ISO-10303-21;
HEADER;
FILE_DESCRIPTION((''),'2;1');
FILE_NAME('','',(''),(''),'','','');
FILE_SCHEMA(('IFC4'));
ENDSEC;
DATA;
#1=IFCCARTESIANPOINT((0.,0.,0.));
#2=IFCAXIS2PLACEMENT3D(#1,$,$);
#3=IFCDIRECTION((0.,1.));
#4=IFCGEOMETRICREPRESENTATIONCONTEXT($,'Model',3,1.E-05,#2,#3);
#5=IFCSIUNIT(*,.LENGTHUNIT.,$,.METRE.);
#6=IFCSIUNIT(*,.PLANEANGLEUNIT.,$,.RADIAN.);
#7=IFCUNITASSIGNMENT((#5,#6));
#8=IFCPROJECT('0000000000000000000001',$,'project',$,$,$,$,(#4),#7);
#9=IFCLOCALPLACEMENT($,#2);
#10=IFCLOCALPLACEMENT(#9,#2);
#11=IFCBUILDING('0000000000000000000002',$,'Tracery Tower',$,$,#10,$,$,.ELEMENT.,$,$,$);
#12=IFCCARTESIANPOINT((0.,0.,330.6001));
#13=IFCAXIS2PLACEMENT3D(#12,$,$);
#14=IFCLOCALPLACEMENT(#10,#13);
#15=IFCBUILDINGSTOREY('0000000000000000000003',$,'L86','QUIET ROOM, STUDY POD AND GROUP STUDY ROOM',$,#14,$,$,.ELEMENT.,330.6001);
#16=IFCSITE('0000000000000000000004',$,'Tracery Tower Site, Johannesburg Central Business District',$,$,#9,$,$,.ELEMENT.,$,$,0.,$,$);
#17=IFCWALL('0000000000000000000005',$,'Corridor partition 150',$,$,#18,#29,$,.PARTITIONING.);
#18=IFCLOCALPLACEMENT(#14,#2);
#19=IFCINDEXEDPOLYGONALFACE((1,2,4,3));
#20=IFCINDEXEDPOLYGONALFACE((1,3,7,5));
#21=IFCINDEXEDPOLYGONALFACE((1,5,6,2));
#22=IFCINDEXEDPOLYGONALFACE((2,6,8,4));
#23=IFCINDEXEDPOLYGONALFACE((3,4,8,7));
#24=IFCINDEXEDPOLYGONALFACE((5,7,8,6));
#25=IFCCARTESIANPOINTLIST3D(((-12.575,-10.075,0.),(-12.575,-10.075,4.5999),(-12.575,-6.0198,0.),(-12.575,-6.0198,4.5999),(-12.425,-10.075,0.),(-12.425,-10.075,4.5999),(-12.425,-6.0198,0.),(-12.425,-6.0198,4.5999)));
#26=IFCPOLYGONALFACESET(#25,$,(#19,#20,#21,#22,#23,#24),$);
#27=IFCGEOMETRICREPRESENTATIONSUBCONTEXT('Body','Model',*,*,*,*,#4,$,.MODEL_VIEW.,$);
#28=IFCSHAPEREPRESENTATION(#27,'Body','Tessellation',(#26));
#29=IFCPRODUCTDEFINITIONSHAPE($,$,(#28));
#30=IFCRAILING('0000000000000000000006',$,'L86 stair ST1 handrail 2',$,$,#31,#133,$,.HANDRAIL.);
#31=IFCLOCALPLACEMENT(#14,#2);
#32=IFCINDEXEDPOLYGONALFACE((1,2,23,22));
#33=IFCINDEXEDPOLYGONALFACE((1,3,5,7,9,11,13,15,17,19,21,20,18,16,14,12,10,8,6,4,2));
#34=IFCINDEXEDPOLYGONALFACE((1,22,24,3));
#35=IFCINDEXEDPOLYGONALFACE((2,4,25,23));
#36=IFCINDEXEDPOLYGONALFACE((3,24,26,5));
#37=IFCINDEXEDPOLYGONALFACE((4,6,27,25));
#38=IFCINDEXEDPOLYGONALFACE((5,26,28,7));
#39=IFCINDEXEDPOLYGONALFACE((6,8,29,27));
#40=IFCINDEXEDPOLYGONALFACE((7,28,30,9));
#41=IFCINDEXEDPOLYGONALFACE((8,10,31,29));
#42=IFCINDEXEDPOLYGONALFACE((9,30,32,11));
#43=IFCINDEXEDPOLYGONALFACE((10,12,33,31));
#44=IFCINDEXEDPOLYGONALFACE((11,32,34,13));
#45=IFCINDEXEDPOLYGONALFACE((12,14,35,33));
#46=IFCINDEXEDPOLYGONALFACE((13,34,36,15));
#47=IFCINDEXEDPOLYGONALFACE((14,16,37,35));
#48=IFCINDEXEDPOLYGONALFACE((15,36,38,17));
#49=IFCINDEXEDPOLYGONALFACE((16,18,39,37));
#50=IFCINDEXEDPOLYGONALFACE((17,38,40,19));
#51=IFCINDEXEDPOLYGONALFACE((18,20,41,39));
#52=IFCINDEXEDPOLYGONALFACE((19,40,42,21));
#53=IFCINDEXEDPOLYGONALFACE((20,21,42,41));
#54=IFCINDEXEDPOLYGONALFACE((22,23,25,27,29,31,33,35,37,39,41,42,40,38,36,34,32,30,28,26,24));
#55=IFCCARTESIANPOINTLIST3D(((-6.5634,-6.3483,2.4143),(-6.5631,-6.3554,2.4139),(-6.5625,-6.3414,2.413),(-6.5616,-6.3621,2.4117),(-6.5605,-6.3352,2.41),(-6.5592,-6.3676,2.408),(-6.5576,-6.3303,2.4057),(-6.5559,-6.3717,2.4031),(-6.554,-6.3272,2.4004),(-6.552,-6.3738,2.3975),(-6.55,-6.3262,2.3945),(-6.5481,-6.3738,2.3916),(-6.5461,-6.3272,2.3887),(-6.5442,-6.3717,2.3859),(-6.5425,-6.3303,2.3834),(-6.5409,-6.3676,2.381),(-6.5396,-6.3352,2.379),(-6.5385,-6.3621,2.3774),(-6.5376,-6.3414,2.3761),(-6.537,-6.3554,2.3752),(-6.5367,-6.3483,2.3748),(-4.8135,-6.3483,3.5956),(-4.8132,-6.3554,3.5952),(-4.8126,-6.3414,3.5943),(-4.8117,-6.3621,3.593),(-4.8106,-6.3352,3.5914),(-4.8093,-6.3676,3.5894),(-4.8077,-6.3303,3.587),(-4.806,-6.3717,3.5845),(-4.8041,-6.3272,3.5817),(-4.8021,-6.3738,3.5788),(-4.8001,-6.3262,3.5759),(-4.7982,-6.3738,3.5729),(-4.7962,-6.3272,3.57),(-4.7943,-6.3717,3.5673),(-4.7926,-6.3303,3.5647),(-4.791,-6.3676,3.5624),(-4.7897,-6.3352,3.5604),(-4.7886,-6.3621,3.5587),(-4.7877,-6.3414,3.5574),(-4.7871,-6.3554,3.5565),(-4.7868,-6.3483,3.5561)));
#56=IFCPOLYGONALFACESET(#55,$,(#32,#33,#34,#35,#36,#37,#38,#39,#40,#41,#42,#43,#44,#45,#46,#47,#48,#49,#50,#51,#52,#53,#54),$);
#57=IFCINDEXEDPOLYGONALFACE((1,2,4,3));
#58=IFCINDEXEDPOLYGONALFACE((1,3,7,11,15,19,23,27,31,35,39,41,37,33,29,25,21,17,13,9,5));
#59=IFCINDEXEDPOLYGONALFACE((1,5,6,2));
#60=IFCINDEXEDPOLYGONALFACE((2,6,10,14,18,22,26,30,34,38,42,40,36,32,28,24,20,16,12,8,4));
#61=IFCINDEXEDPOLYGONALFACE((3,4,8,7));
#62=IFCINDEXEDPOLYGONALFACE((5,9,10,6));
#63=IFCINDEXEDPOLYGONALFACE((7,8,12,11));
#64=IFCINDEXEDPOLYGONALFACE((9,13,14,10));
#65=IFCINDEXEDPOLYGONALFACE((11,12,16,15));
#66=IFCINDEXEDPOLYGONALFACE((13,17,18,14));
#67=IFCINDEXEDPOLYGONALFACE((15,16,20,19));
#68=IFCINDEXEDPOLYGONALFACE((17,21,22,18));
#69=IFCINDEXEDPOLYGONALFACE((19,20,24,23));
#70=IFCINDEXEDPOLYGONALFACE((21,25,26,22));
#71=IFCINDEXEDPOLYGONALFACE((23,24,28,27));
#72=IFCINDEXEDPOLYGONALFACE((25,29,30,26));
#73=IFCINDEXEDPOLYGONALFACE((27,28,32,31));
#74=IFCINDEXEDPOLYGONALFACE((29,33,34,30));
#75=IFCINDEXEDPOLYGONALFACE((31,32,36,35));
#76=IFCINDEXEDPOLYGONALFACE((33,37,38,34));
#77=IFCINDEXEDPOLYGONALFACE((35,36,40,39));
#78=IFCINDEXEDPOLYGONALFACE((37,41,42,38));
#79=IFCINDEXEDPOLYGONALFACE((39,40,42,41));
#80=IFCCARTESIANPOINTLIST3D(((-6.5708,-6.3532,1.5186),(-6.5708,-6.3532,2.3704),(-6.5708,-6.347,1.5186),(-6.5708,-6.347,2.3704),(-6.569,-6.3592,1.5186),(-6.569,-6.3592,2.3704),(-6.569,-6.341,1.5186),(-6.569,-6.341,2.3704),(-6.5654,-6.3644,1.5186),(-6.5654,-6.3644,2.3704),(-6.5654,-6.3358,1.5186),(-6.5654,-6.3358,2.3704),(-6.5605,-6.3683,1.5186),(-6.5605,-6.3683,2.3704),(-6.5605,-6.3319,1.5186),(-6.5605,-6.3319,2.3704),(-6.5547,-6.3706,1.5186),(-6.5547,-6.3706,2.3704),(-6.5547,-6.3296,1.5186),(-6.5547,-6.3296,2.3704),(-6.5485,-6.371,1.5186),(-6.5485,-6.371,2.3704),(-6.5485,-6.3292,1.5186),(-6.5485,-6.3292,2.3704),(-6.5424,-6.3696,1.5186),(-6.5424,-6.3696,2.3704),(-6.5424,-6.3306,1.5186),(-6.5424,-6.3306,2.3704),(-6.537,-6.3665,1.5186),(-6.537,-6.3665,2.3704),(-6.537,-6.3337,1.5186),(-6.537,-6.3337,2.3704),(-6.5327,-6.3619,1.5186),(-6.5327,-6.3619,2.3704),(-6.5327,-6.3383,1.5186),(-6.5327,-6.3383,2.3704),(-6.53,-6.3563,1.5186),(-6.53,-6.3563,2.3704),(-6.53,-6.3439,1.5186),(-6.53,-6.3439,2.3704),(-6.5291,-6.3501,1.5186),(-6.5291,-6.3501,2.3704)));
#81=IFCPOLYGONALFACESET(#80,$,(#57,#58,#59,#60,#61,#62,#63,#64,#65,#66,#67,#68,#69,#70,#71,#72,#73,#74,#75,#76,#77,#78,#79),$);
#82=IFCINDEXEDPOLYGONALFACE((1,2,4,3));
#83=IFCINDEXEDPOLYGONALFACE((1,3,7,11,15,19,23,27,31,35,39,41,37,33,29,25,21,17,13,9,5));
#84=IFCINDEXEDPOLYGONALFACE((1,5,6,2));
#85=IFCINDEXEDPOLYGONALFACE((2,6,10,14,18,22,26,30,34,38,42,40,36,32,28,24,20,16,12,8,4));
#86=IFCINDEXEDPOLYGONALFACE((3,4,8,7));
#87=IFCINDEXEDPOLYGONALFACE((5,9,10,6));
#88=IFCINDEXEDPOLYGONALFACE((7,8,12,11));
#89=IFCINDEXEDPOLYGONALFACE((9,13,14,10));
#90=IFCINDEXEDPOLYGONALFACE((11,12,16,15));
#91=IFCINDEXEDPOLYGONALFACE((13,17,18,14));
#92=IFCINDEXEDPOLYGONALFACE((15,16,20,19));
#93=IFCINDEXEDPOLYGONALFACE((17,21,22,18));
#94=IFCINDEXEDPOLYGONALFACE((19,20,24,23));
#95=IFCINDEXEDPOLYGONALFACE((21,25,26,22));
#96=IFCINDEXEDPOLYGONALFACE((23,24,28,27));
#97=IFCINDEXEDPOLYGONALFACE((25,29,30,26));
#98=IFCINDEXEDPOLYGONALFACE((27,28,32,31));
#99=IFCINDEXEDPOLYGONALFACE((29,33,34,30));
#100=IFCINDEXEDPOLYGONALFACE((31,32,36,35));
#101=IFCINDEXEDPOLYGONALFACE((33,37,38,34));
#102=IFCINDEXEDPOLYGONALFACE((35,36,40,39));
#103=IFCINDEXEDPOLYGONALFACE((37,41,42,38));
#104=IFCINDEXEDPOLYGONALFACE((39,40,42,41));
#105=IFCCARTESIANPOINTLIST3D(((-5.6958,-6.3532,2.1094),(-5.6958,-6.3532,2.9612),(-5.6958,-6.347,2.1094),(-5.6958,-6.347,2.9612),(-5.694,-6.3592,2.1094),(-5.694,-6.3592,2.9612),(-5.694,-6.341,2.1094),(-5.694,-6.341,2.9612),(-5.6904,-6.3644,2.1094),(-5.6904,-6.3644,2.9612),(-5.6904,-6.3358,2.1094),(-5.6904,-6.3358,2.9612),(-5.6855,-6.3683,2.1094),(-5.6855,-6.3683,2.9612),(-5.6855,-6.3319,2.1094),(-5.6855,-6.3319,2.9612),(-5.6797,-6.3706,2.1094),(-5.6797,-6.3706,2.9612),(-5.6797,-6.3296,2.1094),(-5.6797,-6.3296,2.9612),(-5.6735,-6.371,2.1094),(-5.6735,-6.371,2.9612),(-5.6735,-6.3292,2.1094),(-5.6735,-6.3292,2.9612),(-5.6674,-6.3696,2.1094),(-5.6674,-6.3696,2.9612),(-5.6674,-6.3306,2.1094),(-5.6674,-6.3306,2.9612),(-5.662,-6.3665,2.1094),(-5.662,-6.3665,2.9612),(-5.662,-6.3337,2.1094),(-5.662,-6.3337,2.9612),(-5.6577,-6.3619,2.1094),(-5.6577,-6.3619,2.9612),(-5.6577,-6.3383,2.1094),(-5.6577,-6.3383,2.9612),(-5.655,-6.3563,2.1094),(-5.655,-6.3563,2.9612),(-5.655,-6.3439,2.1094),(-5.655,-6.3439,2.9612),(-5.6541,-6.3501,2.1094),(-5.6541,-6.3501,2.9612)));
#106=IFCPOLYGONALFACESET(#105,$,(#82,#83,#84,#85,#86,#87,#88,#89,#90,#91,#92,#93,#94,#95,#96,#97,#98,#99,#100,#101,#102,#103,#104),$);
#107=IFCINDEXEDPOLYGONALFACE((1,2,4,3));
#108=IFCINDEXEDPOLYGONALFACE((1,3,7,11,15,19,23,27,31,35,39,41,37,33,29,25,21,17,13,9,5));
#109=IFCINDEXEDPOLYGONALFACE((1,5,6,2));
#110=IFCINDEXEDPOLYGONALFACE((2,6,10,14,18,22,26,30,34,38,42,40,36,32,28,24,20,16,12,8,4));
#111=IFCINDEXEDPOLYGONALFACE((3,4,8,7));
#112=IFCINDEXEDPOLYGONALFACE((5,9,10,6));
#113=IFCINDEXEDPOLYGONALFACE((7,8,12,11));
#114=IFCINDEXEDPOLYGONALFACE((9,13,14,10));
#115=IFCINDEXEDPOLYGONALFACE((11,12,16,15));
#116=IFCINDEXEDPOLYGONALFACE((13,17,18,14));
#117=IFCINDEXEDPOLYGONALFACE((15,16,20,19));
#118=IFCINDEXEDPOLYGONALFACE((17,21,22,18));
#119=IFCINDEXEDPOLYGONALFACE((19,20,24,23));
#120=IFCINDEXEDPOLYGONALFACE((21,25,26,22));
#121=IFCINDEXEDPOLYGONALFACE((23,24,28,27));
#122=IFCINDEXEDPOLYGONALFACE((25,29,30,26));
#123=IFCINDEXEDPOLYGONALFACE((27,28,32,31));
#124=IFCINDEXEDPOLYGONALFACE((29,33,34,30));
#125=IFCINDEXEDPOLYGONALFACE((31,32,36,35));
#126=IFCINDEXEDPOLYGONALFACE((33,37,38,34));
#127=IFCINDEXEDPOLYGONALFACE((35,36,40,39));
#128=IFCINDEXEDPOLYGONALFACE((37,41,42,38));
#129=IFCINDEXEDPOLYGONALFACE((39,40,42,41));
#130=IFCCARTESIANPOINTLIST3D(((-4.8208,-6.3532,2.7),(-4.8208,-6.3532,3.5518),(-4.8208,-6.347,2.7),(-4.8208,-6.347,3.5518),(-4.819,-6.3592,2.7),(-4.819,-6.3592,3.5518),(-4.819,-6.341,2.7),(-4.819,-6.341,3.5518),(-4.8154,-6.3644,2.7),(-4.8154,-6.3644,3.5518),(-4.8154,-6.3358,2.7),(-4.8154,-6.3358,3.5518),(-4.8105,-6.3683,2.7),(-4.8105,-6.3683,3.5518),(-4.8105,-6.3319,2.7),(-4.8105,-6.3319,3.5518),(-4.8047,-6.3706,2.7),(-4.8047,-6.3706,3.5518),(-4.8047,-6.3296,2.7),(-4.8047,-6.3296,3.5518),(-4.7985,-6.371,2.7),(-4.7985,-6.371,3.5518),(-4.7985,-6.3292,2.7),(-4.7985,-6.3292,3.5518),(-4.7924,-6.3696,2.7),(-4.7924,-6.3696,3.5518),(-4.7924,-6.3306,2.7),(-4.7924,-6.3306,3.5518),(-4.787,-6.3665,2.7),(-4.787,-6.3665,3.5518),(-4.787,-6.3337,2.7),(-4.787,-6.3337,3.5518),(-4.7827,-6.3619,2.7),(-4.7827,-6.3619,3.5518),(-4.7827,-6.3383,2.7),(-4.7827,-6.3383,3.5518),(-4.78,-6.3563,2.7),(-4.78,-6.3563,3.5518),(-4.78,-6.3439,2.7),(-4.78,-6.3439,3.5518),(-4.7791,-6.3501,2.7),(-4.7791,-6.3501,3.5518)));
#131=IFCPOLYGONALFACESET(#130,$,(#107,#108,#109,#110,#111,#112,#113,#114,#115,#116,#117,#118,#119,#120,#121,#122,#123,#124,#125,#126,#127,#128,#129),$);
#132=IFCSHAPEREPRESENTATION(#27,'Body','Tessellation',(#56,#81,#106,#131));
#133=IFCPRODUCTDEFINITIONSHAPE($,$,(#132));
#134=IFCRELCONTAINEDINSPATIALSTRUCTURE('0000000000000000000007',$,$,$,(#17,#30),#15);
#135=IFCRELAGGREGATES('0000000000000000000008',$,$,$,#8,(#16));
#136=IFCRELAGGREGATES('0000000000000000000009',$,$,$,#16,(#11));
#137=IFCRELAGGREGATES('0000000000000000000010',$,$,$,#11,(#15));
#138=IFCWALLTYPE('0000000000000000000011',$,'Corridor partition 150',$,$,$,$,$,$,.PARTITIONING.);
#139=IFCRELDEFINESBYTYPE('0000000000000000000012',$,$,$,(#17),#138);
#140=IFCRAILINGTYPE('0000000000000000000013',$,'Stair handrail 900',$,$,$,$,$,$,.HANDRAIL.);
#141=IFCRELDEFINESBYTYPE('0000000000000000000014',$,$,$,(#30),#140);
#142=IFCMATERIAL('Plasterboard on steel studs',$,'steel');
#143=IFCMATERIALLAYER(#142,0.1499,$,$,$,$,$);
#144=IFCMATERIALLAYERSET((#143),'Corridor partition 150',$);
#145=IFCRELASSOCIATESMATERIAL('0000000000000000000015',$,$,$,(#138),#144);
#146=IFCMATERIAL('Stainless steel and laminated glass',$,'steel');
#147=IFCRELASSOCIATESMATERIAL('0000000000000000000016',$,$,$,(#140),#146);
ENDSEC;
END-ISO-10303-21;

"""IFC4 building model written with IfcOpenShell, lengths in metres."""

from ifc_helpers import new_model, si_unit, direction, frame, frame_2d, origin, origin_2d, place, context, subcontext, project, spatial, rectangle, circle, extrude, material, layer, layer_set, type_object, element, save


model = new_model("IFC4")

# Units and contexts
model_context = context("Model", 3, precision=1e-05, world=origin(), true_north=direction((0.0, 1.0)))
body_context = subcontext(model_context, "Body", "Model", "MODEL_VIEW")
ifc_project = project(units=[si_unit("LENGTHUNIT", "METRE"), si_unit("PLANEANGLEUNIT", "RADIAN")], contexts=[model_context])

# Site, building, storey
site_placement = place(None, origin())
site = spatial("IfcSite", under=ifc_project, at=site_placement, Name="Tracery Tower Site, Johannesburg Central Business District", CompositionType="ELEMENT", RefElevation=0.0)
building_placement = place(site_placement, origin())
building = spatial("IfcBuilding", under=site, at=building_placement, Name="Tracery Tower", CompositionType="ELEMENT")
storey_placement = place(building_placement, frame((0.0, 0.0, 330.6001)))
storey = spatial("IfcBuildingStorey", under=building, at=storey_placement, Name="L86", Description="QUIET ROOM, STUDY POD AND GROUP STUDY ROOM", CompositionType="ELEMENT", Elevation=330.6001)

# Shared definitions
ifc_material_1 = material(Name="Plasterboard on steel studs", Category="steel")
ifc_layer_1 = layer(ifc_material_1, 0.1499)
ifc_layer_set_1 = layer_set([ifc_layer_1], Name="Corridor partition 150")
wall_type_1 = type_object("IfcWallType", Name="Corridor partition 150", PredefinedType="PARTITIONING", material=ifc_layer_set_1)

# Wall
wall_1_placement = place(storey_placement, frame((-12.5, -6.0198, 0.0), z_axis=(0.0, 0.0, 1.0), x_axis=(0.0, -1.0, 0.0)))
element("IfcWall", 1, at=wall_1_placement, inside=storey, type_object=wall_type_1, Name="Corridor partition 150", PredefinedType="PARTITIONING", context=body_context, shape_type="SweptSolid", body=[
    extrude(rectangle(XDim=4.0552, YDim=0.1499, at=frame_2d((2.0276, 0.0))), origin(), (0.0, 0.0, 1.0), 4.5999),
])

# Railing
ifc_material_2 = material(Name="Stainless steel and laminated glass", Category="steel")
railing_type = type_object("IfcRailingType", Name="Stair handrail 900", PredefinedType="HANDRAIL", material=ifc_material_2)
railing_1_placement = place(storey_placement, frame((-6.55, -6.3501, 1.5186)))
element("IfcRailing", 2, at=railing_1_placement, inside=storey, type_object=railing_type, Name="L86 stair ST1 handrail 2", PredefinedType="HANDRAIL", context=body_context, shape_type="SweptSolid", body=[
    extrude(circle(Radius=0.0239, at=origin_2d()), frame((0.0, 0.0, 0.876), z_axis=(0.828817, 0.0, 0.559521), x_axis=(0.0, 1.0, 0.0)), (0.0, 0.0, 1.0), 2.1113),
    extrude(circle(Radius=0.021, at=origin_2d()), origin(), (0.0, 0.0, 1.0), 0.8518),
    extrude(circle(Radius=0.021, at=origin_2d()), frame((0.875, 0.0, 0.5908)), (0.0, 0.0, 1.0), 0.8518),
    extrude(circle(Radius=0.021, at=origin_2d()), frame((1.75, 0.0, 1.1814)), (0.0, 0.0, 1.0), 0.8518),
])

save(model, "model.ifc")
